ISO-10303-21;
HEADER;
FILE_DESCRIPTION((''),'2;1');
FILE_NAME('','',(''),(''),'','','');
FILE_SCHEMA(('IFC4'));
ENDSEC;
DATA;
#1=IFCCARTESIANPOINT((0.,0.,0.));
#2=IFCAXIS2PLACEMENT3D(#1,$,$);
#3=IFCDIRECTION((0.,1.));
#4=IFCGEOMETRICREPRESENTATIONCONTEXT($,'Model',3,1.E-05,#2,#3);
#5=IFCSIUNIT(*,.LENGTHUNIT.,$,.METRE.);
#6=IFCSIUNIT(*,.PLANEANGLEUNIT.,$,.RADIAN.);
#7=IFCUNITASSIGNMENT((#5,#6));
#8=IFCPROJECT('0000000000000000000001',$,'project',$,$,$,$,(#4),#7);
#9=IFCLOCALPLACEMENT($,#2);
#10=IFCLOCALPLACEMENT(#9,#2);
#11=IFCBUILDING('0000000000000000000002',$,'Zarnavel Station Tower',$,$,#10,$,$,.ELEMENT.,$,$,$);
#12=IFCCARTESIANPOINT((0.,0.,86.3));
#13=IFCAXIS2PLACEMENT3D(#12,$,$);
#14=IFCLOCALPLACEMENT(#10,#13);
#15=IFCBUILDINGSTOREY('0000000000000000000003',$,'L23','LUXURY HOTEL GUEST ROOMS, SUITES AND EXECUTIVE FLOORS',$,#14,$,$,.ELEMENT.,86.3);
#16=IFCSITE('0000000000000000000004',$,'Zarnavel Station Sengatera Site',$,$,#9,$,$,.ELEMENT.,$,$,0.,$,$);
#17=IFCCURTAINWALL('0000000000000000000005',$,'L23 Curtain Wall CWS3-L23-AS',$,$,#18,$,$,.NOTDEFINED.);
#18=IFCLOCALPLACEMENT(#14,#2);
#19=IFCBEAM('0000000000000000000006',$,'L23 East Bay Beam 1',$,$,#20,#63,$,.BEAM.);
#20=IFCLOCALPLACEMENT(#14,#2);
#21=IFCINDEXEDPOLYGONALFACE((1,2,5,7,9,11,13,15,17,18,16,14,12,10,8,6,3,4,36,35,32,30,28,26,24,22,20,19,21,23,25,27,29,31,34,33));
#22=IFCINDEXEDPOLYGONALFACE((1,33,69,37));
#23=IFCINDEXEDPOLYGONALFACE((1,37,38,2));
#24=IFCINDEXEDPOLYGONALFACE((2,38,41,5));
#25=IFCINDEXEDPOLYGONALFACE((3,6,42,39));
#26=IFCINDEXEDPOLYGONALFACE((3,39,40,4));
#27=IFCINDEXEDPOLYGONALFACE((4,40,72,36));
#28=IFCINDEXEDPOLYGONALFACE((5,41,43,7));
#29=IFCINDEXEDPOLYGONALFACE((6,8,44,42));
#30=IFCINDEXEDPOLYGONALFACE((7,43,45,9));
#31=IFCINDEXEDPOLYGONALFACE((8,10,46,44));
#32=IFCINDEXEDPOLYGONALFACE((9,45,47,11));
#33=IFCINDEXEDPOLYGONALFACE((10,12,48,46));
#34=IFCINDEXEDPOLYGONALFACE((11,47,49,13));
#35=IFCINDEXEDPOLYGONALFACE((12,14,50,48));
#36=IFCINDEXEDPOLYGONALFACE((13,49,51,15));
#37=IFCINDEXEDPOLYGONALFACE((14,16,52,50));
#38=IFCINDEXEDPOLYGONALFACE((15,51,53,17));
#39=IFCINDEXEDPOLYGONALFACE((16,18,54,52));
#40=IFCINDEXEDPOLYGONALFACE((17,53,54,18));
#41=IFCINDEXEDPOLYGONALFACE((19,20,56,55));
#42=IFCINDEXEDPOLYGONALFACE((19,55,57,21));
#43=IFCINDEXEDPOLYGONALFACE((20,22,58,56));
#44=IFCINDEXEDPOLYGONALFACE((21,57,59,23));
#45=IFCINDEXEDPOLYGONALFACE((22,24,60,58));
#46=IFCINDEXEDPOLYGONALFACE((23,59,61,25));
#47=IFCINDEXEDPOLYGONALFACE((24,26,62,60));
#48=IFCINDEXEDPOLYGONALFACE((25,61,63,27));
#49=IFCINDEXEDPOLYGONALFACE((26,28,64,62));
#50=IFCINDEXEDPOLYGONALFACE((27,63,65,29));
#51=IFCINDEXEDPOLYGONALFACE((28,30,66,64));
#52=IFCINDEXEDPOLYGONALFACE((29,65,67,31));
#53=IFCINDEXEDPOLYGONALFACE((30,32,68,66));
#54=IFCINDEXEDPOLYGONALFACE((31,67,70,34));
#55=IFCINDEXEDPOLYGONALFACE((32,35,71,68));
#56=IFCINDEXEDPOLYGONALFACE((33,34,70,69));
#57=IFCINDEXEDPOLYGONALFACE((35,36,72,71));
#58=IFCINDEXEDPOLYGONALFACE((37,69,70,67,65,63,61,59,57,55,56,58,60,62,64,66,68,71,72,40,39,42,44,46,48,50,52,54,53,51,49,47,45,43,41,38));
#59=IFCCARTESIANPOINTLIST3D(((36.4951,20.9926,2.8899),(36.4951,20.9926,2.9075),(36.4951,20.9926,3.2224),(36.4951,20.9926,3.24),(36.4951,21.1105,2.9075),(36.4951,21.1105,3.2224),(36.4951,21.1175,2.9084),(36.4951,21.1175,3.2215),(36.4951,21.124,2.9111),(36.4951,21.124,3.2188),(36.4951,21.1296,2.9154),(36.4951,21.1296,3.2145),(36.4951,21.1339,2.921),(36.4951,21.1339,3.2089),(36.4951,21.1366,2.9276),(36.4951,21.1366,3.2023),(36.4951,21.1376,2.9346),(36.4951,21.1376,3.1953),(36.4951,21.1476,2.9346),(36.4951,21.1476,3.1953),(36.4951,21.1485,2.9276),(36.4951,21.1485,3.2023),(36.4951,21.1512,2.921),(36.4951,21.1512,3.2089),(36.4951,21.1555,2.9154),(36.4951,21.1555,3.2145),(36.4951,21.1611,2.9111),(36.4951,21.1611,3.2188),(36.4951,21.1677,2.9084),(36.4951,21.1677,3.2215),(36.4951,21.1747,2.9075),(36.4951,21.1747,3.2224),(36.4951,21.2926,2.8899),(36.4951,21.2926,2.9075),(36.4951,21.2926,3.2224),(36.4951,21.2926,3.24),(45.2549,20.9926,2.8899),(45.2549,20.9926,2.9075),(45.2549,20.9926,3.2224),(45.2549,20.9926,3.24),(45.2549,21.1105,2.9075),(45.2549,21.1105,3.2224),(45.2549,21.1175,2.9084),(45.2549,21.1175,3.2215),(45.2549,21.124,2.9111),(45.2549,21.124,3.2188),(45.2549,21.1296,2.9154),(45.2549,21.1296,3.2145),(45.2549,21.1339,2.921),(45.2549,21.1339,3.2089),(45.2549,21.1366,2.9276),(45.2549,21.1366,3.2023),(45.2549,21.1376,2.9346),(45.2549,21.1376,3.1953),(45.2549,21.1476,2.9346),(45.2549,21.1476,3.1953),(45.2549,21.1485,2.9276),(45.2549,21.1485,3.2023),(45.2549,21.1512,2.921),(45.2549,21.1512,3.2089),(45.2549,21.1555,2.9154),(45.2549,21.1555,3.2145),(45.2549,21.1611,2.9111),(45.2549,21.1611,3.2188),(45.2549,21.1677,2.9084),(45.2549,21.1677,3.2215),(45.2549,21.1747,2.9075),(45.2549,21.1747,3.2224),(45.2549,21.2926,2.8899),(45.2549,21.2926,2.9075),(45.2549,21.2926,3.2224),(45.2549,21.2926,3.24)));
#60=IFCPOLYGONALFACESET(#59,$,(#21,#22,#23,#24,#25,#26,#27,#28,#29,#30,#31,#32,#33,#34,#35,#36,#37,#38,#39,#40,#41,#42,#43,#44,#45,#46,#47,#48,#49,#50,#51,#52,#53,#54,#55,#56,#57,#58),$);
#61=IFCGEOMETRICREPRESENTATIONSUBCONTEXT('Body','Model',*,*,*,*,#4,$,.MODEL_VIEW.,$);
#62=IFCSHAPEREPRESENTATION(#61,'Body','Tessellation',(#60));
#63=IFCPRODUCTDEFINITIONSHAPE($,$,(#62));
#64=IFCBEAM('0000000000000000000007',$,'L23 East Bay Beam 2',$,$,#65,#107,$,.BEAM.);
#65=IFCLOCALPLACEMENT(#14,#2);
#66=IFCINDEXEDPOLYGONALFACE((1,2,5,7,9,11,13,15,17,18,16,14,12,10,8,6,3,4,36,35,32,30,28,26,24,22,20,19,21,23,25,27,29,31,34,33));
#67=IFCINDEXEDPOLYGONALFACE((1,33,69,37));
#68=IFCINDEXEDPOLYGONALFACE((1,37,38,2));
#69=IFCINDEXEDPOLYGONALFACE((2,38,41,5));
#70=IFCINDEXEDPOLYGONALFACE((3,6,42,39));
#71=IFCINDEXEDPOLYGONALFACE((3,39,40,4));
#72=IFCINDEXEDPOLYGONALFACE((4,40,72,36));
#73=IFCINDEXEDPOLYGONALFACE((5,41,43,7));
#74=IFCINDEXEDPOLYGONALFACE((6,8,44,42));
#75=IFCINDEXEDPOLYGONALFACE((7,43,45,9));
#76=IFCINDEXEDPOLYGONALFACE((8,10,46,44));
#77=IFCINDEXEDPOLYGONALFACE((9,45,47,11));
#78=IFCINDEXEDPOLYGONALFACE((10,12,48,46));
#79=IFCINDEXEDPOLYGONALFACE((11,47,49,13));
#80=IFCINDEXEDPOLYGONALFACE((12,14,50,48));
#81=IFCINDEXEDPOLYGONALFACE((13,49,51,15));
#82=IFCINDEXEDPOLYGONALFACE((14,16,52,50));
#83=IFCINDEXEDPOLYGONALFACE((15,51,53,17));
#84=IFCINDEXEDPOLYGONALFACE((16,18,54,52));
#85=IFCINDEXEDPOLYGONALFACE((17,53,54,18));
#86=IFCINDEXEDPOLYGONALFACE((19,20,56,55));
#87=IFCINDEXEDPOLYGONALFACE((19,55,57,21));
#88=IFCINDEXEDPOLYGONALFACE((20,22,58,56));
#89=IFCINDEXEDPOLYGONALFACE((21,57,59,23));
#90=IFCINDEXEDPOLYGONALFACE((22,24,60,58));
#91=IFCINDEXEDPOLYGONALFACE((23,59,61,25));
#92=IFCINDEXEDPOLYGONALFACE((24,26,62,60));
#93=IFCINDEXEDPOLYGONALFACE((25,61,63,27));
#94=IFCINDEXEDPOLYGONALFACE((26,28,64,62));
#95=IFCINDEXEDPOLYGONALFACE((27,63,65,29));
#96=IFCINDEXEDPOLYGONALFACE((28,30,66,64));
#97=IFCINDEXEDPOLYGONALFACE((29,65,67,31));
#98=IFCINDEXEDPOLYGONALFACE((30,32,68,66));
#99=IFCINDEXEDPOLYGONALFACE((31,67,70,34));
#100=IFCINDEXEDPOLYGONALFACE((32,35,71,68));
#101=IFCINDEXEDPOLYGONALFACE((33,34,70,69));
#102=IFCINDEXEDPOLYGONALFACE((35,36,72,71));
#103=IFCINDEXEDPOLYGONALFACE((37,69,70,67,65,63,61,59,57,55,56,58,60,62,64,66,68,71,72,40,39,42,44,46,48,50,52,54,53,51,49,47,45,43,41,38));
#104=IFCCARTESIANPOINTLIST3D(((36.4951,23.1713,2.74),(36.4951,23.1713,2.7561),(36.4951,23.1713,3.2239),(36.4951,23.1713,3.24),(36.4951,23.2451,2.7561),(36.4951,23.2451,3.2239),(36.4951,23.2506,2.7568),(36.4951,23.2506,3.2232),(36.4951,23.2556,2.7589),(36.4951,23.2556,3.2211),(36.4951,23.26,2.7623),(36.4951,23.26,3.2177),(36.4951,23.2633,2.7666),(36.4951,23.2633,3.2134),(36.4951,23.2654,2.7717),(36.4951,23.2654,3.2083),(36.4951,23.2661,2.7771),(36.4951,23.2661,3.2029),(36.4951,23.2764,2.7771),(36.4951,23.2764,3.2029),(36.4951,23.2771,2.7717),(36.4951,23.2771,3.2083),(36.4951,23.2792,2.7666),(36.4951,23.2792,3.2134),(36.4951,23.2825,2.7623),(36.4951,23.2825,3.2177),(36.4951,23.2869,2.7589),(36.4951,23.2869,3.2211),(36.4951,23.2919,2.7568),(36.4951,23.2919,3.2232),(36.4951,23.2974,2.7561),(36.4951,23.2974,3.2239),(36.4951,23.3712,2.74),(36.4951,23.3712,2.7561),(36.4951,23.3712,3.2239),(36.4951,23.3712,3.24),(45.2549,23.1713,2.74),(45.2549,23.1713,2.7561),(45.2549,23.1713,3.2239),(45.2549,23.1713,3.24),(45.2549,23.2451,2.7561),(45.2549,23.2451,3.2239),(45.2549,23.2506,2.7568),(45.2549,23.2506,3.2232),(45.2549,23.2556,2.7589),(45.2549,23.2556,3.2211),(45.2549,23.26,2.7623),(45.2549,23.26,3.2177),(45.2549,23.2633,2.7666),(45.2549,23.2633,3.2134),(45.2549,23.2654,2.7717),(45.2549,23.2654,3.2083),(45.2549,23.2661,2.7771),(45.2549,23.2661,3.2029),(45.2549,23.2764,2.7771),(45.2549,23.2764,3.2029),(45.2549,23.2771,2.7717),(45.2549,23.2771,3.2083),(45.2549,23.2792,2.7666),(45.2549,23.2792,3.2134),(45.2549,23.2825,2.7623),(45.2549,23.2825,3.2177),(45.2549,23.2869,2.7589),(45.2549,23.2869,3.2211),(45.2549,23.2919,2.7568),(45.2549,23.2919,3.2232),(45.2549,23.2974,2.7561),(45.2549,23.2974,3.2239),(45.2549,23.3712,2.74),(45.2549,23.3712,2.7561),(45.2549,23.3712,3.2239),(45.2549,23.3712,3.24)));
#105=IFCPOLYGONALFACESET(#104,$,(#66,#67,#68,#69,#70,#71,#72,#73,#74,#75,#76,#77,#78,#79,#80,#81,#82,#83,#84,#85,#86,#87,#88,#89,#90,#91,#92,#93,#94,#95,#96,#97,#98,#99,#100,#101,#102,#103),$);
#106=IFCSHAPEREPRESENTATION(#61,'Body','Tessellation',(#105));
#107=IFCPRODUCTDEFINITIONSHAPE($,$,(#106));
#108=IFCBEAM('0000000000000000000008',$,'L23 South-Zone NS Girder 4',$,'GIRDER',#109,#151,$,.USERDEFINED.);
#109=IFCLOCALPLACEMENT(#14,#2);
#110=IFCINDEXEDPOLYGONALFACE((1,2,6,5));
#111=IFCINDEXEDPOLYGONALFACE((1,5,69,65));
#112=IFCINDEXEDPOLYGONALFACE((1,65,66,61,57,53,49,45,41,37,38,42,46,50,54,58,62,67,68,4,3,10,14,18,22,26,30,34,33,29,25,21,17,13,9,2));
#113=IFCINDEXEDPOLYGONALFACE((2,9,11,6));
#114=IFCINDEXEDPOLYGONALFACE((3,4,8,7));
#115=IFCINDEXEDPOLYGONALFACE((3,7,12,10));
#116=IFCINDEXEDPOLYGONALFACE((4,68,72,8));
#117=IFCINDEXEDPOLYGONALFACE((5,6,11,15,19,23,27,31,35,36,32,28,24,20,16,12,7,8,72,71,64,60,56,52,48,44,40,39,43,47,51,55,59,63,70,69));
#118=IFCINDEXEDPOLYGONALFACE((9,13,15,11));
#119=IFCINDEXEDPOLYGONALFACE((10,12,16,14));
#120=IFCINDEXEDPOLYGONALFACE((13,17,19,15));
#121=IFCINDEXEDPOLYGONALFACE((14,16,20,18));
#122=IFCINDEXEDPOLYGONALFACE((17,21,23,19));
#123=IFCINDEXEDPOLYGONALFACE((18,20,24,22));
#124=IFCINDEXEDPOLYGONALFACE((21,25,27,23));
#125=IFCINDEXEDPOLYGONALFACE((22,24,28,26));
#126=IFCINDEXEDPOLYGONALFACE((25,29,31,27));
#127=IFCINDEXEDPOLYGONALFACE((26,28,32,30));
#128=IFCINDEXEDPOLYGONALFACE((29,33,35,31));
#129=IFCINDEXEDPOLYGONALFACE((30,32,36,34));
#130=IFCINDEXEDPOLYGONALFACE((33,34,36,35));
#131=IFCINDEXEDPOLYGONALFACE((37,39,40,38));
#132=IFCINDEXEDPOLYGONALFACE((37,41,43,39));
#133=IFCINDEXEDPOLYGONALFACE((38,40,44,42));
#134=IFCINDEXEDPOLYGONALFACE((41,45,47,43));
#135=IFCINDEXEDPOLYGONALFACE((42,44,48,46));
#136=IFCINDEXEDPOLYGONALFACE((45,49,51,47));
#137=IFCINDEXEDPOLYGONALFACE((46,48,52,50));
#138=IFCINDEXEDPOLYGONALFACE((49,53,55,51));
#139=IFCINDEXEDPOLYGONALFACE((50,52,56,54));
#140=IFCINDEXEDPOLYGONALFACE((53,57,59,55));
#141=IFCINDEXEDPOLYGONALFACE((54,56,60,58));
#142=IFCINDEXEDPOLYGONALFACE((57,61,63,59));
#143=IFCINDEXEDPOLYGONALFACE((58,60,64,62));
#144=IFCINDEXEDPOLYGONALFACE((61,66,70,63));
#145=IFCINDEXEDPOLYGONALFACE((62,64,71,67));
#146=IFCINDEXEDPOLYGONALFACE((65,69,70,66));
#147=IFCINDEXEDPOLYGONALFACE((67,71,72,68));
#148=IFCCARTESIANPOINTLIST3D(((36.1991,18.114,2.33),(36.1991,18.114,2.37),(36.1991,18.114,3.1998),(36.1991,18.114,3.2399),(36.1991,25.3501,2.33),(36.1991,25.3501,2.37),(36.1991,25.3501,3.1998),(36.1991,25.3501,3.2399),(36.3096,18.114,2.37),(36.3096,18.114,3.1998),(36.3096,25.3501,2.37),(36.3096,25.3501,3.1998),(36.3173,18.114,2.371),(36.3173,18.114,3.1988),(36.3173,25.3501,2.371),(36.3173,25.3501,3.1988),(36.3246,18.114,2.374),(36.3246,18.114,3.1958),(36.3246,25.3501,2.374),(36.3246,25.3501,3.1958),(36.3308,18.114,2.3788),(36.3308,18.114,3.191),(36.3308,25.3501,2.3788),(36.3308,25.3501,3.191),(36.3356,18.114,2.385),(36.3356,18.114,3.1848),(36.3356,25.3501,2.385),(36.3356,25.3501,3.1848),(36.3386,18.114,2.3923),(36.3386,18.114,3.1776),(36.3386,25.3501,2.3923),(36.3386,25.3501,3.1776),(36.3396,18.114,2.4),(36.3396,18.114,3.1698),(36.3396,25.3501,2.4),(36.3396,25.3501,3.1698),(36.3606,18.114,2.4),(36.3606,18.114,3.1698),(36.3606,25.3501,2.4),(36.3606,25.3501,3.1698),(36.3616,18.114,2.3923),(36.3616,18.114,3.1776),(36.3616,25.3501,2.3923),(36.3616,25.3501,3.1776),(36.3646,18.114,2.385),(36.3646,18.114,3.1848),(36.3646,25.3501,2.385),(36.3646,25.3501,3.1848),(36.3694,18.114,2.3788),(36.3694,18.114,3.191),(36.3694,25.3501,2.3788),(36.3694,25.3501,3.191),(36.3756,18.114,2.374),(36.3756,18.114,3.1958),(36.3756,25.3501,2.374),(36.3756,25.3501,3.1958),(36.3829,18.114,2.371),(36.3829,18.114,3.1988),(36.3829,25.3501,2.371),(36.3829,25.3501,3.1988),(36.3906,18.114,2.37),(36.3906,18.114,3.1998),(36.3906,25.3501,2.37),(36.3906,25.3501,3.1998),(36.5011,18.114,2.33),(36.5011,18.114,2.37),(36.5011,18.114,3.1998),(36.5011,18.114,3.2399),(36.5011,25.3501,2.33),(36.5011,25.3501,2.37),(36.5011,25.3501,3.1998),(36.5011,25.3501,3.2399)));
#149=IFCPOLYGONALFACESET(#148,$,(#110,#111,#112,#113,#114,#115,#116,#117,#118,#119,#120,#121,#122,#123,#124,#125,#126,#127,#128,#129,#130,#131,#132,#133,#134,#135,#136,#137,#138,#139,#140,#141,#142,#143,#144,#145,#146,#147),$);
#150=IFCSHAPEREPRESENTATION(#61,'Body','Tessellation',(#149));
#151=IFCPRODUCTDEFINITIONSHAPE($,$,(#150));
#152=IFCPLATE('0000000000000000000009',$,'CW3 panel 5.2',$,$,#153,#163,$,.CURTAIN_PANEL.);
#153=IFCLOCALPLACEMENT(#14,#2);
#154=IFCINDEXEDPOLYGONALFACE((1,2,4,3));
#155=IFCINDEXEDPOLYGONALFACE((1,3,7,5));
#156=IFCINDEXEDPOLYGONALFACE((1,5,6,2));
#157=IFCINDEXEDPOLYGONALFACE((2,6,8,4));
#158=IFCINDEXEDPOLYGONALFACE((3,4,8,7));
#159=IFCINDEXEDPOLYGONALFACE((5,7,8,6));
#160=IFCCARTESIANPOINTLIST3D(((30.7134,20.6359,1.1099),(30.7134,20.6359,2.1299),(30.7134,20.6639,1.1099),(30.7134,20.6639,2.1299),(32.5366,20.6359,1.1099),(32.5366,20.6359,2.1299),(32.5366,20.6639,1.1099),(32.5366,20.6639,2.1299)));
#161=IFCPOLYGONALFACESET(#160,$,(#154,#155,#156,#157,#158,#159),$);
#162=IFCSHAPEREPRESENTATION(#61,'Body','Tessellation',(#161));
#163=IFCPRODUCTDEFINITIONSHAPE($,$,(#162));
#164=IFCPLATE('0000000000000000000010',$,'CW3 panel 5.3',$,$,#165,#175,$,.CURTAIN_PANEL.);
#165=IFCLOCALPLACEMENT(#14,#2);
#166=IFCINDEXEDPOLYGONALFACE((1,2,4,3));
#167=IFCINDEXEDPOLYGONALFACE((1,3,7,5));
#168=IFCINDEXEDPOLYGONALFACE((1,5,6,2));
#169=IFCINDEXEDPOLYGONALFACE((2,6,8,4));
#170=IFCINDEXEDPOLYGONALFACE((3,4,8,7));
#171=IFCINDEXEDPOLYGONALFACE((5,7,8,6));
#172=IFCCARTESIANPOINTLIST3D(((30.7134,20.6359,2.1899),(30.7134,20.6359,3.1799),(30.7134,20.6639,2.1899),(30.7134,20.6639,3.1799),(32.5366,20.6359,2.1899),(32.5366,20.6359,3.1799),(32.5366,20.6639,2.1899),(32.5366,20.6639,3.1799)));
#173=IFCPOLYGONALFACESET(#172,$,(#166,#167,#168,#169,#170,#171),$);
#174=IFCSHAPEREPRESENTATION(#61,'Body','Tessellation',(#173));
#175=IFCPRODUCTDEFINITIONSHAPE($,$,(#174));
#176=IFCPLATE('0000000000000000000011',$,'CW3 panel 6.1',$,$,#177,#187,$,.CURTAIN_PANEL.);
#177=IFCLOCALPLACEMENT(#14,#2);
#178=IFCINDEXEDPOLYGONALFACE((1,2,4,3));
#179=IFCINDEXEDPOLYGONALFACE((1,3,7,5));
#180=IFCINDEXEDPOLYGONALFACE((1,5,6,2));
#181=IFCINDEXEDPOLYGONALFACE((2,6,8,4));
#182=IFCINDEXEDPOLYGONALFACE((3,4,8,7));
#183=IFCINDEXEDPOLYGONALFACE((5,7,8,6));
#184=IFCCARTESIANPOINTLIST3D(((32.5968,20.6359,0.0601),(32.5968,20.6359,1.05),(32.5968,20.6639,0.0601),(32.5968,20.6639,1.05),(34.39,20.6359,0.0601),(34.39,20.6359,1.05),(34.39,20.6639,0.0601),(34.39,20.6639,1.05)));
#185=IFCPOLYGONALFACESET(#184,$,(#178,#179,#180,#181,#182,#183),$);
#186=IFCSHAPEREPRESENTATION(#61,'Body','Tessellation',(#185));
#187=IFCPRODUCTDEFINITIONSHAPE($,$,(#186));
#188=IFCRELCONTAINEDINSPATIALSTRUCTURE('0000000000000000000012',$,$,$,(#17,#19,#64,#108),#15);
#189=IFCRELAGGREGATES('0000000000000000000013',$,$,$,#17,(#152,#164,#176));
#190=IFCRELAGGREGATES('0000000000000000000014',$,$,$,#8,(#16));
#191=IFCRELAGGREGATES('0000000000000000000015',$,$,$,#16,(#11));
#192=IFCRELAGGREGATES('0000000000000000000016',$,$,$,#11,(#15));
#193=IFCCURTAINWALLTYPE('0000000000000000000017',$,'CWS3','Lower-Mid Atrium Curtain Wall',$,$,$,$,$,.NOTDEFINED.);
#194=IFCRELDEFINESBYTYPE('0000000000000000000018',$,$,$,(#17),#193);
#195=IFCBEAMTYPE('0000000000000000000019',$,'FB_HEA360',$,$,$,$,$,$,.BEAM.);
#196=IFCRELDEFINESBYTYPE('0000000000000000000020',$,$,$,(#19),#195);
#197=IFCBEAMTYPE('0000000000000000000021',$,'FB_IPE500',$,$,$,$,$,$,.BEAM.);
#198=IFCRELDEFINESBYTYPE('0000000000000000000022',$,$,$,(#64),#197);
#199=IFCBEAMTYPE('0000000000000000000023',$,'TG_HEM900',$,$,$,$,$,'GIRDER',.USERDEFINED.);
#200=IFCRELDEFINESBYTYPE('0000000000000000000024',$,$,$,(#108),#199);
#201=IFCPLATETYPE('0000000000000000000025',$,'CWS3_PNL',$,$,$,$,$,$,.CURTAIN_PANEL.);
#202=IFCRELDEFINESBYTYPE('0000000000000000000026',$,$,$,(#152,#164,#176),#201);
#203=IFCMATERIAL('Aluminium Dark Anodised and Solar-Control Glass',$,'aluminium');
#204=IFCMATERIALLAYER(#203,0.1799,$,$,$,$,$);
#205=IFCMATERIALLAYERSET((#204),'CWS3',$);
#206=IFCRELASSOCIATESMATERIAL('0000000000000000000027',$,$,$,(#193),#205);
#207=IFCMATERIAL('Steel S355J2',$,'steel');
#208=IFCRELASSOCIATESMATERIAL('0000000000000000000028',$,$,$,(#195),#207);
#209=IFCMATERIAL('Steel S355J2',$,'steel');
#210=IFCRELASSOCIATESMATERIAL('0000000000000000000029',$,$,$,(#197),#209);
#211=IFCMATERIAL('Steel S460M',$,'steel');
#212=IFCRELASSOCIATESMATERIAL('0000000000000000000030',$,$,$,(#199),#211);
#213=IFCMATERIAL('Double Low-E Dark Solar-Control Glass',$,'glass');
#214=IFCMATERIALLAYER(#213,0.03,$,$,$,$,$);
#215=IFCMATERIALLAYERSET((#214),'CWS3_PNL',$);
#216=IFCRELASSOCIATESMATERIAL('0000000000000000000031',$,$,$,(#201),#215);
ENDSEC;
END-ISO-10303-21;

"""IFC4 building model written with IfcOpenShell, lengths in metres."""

from ifc_helpers import new_model, si_unit, direction, frame, origin, origin_2d, place, context, subcontext, project, spatial, rectangle, i_section, extrude, material, layer, layer_set, material_profile, profile_set, type_object, element, aggregate, save


model = new_model("IFC4")

# Units and contexts
model_context = context("Model", 3, precision=1e-05, world=origin(), true_north=direction((0.0, 1.0)))
body_context = subcontext(model_context, "Body", "Model", "MODEL_VIEW")
ifc_project = project(units=[si_unit("LENGTHUNIT", "METRE"), si_unit("PLANEANGLEUNIT", "RADIAN")], contexts=[model_context])

# Site, building, storey
site_placement = place(None, origin())
site = spatial("IfcSite", under=ifc_project, at=site_placement, Name="Zarnavel Station Sengatera Site", CompositionType="ELEMENT", RefElevation=0.0)
building_placement = place(site_placement, origin())
building = spatial("IfcBuilding", under=site, at=building_placement, Name="Zarnavel Station Tower", CompositionType="ELEMENT")
storey_placement = place(building_placement, frame((0.0, 0.0, 86.3)))
storey = spatial("IfcBuildingStorey", under=building, at=storey_placement, Name="L23", Description="LUXURY HOTEL GUEST ROOMS, SUITES AND EXECUTIVE FLOORS", CompositionType="ELEMENT", Elevation=86.3)

# Curtain wall
ifc_material_1 = material(Name="Aluminium Dark Anodised and Solar-Control Glass", Category="aluminium")
ifc_layer_1 = layer(ifc_material_1, 0.1799)
ifc_layer_set_1 = layer_set([ifc_layer_1], Name="CWS3")
curtain_wall_type = type_object("IfcCurtainWallType", Name="CWS3", Description="Lower-Mid Atrium Curtain Wall", PredefinedType="NOTDEFINED", material=ifc_layer_set_1)
curtain_wall_placement = place(storey_placement, origin())
curtain_wall = element("IfcCurtainWall", 1, at=curtain_wall_placement, inside=storey, type_object=curtain_wall_type, Name="L23 Curtain Wall CWS3-L23-AS", PredefinedType="NOTDEFINED")

# Beams
ifc_material_2 = material(Name="Steel S355J2", Category="steel")
ifc_material_profile_1 = material_profile(ifc_material_2, i_section(OverallWidth=0.3, OverallDepth=0.3501, WebThickness=0.01, FlangeThickness=0.0176, FilletRadius=0.0271, at=origin_2d()), Name="HEA360")
ifc_profile_set_1 = profile_set([ifc_material_profile_1], Name="Steel S355J2")
beam_type_1 = type_object("IfcBeamType", Name="FB_HEA360", PredefinedType="BEAM", material=ifc_profile_set_1)
beam_1_placement = place(storey_placement, frame((36.4951, 21.1426, 3.0649), z_axis=(1.0, 0.0, 0.0), x_axis=(0.0, 1.0, 0.0)))
element("IfcBeam", 2, at=beam_1_placement, inside=storey, type_object=beam_type_1, Name="L23 East Bay Beam 1", PredefinedType="BEAM", context=body_context, shape_type="SweptSolid", body=[
    extrude(i_section(OverallWidth=0.3, OverallDepth=0.3501, WebThickness=0.01, FlangeThickness=0.0176, FilletRadius=0.0271, at=origin_2d()), origin(), (0.0, 0.0, 1.0), 8.7598),
])
ifc_material_3 = material(Name="Steel S355J2", Category="steel")
ifc_material_profile_2 = material_profile(ifc_material_3, i_section(OverallWidth=0.2, OverallDepth=0.5, WebThickness=0.0103, FlangeThickness=0.0161, FilletRadius=0.021, at=origin_2d()), Name="IPE500")
ifc_profile_set_2 = profile_set([ifc_material_profile_2], Name="Steel S355J2")
beam_type_2 = type_object("IfcBeamType", Name="FB_IPE500", PredefinedType="BEAM", material=ifc_profile_set_2)
beam_2_placement = place(storey_placement, frame((36.4951, 23.2712, 2.99), z_axis=(1.0, 0.0, 0.0), x_axis=(0.0, 1.0, 0.0)))
element("IfcBeam", 3, at=beam_2_placement, inside=storey, type_object=beam_type_2, Name="L23 East Bay Beam 2", PredefinedType="BEAM", context=body_context, shape_type="SweptSolid", body=[
    extrude(i_section(OverallWidth=0.2, OverallDepth=0.5, WebThickness=0.0103, FlangeThickness=0.0161, FilletRadius=0.021, at=origin_2d()), origin(), (0.0, 0.0, 1.0), 8.7598),
])
ifc_material_4 = material(Name="Steel S460M", Category="steel")
ifc_material_profile_3 = material_profile(ifc_material_4, i_section(OverallWidth=0.302, OverallDepth=0.9099, WebThickness=0.021, FlangeThickness=0.04, FilletRadius=0.03, at=origin_2d()), Name="HEM900")
ifc_profile_set_3 = profile_set([ifc_material_profile_3], Name="Steel S460M")
beam_type_3 = type_object("IfcBeamType", Name="TG_HEM900", ElementType="GIRDER", PredefinedType="USERDEFINED", material=ifc_profile_set_3)
beam_3_placement = place(storey_placement, frame((36.3501, 18.114, 2.7849), z_axis=(0.0, 1.0, 0.0), x_axis=(-1.0, 0.0, 0.0)))
element("IfcBeam", 4, at=beam_3_placement, inside=storey, type_object=beam_type_3, Name="L23 South-Zone NS Girder 4", ObjectType="GIRDER", PredefinedType="USERDEFINED", context=body_context, shape_type="SweptSolid", body=[
    extrude(i_section(OverallWidth=0.302, OverallDepth=0.9099, WebThickness=0.021, FlangeThickness=0.04, FilletRadius=0.03, at=origin_2d()), origin(), (0.0, 0.0, 1.0), 7.2361),
])

# Plates
ifc_material_5 = material(Name="Double Low-E Dark Solar-Control Glass", Category="glass")
ifc_layer_2 = layer(ifc_material_5, 0.03)
ifc_layer_set_2 = layer_set([ifc_layer_2], Name="CWS3_PNL")
plate_type_1 = type_object("IfcPlateType", Name="CWS3_PNL", PredefinedType="CURTAIN_PANEL", material=ifc_layer_set_2)
plate_1_placement = place(storey_placement, frame((31.625, 20.6499, 1.1099), z_axis=(0.0, 0.0, 1.0), x_axis=(1.0, 0.0, 0.0)))
plate_1 = element("IfcPlate", 5, at=plate_1_placement, type_object=plate_type_1, Name="CW3 panel 5.2", PredefinedType="CURTAIN_PANEL", context=body_context, shape_type="SweptSolid", body=[
    extrude(rectangle(XDim=1.8232, YDim=0.0281, at=origin_2d()), origin(), (0.0, 0.0, 1.0), 1.02),
])
plate_2_placement = place(storey_placement, frame((31.625, 20.6499, 2.1899), z_axis=(0.0, 0.0, 1.0), x_axis=(1.0, 0.0, 0.0)))
plate_2 = element("IfcPlate", 6, at=plate_2_placement, type_object=plate_type_1, Name="CW3 panel 5.3", PredefinedType="CURTAIN_PANEL", context=body_context, shape_type="SweptSolid", body=[
    extrude(rectangle(XDim=1.8232, YDim=0.0281, at=origin_2d()), origin(), (0.0, 0.0, 1.0), 0.99),
])
plate_3_placement = place(storey_placement, frame((33.4934, 20.6499, 0.0601), z_axis=(0.0, 0.0, 1.0), x_axis=(1.0, 0.0, 0.0)))
plate_3 = element("IfcPlate", 7, at=plate_3_placement, type_object=plate_type_1, Name="CW3 panel 6.1", PredefinedType="CURTAIN_PANEL", context=body_context, shape_type="SweptSolid", body=[
    extrude(rectangle(XDim=1.7932, YDim=0.0281, at=origin_2d()), origin(), (0.0, 0.0, 1.0), 0.99),
])
aggregate(curtain_wall, [plate_1, plate_2, plate_3])

save(model, "model.ifc")
